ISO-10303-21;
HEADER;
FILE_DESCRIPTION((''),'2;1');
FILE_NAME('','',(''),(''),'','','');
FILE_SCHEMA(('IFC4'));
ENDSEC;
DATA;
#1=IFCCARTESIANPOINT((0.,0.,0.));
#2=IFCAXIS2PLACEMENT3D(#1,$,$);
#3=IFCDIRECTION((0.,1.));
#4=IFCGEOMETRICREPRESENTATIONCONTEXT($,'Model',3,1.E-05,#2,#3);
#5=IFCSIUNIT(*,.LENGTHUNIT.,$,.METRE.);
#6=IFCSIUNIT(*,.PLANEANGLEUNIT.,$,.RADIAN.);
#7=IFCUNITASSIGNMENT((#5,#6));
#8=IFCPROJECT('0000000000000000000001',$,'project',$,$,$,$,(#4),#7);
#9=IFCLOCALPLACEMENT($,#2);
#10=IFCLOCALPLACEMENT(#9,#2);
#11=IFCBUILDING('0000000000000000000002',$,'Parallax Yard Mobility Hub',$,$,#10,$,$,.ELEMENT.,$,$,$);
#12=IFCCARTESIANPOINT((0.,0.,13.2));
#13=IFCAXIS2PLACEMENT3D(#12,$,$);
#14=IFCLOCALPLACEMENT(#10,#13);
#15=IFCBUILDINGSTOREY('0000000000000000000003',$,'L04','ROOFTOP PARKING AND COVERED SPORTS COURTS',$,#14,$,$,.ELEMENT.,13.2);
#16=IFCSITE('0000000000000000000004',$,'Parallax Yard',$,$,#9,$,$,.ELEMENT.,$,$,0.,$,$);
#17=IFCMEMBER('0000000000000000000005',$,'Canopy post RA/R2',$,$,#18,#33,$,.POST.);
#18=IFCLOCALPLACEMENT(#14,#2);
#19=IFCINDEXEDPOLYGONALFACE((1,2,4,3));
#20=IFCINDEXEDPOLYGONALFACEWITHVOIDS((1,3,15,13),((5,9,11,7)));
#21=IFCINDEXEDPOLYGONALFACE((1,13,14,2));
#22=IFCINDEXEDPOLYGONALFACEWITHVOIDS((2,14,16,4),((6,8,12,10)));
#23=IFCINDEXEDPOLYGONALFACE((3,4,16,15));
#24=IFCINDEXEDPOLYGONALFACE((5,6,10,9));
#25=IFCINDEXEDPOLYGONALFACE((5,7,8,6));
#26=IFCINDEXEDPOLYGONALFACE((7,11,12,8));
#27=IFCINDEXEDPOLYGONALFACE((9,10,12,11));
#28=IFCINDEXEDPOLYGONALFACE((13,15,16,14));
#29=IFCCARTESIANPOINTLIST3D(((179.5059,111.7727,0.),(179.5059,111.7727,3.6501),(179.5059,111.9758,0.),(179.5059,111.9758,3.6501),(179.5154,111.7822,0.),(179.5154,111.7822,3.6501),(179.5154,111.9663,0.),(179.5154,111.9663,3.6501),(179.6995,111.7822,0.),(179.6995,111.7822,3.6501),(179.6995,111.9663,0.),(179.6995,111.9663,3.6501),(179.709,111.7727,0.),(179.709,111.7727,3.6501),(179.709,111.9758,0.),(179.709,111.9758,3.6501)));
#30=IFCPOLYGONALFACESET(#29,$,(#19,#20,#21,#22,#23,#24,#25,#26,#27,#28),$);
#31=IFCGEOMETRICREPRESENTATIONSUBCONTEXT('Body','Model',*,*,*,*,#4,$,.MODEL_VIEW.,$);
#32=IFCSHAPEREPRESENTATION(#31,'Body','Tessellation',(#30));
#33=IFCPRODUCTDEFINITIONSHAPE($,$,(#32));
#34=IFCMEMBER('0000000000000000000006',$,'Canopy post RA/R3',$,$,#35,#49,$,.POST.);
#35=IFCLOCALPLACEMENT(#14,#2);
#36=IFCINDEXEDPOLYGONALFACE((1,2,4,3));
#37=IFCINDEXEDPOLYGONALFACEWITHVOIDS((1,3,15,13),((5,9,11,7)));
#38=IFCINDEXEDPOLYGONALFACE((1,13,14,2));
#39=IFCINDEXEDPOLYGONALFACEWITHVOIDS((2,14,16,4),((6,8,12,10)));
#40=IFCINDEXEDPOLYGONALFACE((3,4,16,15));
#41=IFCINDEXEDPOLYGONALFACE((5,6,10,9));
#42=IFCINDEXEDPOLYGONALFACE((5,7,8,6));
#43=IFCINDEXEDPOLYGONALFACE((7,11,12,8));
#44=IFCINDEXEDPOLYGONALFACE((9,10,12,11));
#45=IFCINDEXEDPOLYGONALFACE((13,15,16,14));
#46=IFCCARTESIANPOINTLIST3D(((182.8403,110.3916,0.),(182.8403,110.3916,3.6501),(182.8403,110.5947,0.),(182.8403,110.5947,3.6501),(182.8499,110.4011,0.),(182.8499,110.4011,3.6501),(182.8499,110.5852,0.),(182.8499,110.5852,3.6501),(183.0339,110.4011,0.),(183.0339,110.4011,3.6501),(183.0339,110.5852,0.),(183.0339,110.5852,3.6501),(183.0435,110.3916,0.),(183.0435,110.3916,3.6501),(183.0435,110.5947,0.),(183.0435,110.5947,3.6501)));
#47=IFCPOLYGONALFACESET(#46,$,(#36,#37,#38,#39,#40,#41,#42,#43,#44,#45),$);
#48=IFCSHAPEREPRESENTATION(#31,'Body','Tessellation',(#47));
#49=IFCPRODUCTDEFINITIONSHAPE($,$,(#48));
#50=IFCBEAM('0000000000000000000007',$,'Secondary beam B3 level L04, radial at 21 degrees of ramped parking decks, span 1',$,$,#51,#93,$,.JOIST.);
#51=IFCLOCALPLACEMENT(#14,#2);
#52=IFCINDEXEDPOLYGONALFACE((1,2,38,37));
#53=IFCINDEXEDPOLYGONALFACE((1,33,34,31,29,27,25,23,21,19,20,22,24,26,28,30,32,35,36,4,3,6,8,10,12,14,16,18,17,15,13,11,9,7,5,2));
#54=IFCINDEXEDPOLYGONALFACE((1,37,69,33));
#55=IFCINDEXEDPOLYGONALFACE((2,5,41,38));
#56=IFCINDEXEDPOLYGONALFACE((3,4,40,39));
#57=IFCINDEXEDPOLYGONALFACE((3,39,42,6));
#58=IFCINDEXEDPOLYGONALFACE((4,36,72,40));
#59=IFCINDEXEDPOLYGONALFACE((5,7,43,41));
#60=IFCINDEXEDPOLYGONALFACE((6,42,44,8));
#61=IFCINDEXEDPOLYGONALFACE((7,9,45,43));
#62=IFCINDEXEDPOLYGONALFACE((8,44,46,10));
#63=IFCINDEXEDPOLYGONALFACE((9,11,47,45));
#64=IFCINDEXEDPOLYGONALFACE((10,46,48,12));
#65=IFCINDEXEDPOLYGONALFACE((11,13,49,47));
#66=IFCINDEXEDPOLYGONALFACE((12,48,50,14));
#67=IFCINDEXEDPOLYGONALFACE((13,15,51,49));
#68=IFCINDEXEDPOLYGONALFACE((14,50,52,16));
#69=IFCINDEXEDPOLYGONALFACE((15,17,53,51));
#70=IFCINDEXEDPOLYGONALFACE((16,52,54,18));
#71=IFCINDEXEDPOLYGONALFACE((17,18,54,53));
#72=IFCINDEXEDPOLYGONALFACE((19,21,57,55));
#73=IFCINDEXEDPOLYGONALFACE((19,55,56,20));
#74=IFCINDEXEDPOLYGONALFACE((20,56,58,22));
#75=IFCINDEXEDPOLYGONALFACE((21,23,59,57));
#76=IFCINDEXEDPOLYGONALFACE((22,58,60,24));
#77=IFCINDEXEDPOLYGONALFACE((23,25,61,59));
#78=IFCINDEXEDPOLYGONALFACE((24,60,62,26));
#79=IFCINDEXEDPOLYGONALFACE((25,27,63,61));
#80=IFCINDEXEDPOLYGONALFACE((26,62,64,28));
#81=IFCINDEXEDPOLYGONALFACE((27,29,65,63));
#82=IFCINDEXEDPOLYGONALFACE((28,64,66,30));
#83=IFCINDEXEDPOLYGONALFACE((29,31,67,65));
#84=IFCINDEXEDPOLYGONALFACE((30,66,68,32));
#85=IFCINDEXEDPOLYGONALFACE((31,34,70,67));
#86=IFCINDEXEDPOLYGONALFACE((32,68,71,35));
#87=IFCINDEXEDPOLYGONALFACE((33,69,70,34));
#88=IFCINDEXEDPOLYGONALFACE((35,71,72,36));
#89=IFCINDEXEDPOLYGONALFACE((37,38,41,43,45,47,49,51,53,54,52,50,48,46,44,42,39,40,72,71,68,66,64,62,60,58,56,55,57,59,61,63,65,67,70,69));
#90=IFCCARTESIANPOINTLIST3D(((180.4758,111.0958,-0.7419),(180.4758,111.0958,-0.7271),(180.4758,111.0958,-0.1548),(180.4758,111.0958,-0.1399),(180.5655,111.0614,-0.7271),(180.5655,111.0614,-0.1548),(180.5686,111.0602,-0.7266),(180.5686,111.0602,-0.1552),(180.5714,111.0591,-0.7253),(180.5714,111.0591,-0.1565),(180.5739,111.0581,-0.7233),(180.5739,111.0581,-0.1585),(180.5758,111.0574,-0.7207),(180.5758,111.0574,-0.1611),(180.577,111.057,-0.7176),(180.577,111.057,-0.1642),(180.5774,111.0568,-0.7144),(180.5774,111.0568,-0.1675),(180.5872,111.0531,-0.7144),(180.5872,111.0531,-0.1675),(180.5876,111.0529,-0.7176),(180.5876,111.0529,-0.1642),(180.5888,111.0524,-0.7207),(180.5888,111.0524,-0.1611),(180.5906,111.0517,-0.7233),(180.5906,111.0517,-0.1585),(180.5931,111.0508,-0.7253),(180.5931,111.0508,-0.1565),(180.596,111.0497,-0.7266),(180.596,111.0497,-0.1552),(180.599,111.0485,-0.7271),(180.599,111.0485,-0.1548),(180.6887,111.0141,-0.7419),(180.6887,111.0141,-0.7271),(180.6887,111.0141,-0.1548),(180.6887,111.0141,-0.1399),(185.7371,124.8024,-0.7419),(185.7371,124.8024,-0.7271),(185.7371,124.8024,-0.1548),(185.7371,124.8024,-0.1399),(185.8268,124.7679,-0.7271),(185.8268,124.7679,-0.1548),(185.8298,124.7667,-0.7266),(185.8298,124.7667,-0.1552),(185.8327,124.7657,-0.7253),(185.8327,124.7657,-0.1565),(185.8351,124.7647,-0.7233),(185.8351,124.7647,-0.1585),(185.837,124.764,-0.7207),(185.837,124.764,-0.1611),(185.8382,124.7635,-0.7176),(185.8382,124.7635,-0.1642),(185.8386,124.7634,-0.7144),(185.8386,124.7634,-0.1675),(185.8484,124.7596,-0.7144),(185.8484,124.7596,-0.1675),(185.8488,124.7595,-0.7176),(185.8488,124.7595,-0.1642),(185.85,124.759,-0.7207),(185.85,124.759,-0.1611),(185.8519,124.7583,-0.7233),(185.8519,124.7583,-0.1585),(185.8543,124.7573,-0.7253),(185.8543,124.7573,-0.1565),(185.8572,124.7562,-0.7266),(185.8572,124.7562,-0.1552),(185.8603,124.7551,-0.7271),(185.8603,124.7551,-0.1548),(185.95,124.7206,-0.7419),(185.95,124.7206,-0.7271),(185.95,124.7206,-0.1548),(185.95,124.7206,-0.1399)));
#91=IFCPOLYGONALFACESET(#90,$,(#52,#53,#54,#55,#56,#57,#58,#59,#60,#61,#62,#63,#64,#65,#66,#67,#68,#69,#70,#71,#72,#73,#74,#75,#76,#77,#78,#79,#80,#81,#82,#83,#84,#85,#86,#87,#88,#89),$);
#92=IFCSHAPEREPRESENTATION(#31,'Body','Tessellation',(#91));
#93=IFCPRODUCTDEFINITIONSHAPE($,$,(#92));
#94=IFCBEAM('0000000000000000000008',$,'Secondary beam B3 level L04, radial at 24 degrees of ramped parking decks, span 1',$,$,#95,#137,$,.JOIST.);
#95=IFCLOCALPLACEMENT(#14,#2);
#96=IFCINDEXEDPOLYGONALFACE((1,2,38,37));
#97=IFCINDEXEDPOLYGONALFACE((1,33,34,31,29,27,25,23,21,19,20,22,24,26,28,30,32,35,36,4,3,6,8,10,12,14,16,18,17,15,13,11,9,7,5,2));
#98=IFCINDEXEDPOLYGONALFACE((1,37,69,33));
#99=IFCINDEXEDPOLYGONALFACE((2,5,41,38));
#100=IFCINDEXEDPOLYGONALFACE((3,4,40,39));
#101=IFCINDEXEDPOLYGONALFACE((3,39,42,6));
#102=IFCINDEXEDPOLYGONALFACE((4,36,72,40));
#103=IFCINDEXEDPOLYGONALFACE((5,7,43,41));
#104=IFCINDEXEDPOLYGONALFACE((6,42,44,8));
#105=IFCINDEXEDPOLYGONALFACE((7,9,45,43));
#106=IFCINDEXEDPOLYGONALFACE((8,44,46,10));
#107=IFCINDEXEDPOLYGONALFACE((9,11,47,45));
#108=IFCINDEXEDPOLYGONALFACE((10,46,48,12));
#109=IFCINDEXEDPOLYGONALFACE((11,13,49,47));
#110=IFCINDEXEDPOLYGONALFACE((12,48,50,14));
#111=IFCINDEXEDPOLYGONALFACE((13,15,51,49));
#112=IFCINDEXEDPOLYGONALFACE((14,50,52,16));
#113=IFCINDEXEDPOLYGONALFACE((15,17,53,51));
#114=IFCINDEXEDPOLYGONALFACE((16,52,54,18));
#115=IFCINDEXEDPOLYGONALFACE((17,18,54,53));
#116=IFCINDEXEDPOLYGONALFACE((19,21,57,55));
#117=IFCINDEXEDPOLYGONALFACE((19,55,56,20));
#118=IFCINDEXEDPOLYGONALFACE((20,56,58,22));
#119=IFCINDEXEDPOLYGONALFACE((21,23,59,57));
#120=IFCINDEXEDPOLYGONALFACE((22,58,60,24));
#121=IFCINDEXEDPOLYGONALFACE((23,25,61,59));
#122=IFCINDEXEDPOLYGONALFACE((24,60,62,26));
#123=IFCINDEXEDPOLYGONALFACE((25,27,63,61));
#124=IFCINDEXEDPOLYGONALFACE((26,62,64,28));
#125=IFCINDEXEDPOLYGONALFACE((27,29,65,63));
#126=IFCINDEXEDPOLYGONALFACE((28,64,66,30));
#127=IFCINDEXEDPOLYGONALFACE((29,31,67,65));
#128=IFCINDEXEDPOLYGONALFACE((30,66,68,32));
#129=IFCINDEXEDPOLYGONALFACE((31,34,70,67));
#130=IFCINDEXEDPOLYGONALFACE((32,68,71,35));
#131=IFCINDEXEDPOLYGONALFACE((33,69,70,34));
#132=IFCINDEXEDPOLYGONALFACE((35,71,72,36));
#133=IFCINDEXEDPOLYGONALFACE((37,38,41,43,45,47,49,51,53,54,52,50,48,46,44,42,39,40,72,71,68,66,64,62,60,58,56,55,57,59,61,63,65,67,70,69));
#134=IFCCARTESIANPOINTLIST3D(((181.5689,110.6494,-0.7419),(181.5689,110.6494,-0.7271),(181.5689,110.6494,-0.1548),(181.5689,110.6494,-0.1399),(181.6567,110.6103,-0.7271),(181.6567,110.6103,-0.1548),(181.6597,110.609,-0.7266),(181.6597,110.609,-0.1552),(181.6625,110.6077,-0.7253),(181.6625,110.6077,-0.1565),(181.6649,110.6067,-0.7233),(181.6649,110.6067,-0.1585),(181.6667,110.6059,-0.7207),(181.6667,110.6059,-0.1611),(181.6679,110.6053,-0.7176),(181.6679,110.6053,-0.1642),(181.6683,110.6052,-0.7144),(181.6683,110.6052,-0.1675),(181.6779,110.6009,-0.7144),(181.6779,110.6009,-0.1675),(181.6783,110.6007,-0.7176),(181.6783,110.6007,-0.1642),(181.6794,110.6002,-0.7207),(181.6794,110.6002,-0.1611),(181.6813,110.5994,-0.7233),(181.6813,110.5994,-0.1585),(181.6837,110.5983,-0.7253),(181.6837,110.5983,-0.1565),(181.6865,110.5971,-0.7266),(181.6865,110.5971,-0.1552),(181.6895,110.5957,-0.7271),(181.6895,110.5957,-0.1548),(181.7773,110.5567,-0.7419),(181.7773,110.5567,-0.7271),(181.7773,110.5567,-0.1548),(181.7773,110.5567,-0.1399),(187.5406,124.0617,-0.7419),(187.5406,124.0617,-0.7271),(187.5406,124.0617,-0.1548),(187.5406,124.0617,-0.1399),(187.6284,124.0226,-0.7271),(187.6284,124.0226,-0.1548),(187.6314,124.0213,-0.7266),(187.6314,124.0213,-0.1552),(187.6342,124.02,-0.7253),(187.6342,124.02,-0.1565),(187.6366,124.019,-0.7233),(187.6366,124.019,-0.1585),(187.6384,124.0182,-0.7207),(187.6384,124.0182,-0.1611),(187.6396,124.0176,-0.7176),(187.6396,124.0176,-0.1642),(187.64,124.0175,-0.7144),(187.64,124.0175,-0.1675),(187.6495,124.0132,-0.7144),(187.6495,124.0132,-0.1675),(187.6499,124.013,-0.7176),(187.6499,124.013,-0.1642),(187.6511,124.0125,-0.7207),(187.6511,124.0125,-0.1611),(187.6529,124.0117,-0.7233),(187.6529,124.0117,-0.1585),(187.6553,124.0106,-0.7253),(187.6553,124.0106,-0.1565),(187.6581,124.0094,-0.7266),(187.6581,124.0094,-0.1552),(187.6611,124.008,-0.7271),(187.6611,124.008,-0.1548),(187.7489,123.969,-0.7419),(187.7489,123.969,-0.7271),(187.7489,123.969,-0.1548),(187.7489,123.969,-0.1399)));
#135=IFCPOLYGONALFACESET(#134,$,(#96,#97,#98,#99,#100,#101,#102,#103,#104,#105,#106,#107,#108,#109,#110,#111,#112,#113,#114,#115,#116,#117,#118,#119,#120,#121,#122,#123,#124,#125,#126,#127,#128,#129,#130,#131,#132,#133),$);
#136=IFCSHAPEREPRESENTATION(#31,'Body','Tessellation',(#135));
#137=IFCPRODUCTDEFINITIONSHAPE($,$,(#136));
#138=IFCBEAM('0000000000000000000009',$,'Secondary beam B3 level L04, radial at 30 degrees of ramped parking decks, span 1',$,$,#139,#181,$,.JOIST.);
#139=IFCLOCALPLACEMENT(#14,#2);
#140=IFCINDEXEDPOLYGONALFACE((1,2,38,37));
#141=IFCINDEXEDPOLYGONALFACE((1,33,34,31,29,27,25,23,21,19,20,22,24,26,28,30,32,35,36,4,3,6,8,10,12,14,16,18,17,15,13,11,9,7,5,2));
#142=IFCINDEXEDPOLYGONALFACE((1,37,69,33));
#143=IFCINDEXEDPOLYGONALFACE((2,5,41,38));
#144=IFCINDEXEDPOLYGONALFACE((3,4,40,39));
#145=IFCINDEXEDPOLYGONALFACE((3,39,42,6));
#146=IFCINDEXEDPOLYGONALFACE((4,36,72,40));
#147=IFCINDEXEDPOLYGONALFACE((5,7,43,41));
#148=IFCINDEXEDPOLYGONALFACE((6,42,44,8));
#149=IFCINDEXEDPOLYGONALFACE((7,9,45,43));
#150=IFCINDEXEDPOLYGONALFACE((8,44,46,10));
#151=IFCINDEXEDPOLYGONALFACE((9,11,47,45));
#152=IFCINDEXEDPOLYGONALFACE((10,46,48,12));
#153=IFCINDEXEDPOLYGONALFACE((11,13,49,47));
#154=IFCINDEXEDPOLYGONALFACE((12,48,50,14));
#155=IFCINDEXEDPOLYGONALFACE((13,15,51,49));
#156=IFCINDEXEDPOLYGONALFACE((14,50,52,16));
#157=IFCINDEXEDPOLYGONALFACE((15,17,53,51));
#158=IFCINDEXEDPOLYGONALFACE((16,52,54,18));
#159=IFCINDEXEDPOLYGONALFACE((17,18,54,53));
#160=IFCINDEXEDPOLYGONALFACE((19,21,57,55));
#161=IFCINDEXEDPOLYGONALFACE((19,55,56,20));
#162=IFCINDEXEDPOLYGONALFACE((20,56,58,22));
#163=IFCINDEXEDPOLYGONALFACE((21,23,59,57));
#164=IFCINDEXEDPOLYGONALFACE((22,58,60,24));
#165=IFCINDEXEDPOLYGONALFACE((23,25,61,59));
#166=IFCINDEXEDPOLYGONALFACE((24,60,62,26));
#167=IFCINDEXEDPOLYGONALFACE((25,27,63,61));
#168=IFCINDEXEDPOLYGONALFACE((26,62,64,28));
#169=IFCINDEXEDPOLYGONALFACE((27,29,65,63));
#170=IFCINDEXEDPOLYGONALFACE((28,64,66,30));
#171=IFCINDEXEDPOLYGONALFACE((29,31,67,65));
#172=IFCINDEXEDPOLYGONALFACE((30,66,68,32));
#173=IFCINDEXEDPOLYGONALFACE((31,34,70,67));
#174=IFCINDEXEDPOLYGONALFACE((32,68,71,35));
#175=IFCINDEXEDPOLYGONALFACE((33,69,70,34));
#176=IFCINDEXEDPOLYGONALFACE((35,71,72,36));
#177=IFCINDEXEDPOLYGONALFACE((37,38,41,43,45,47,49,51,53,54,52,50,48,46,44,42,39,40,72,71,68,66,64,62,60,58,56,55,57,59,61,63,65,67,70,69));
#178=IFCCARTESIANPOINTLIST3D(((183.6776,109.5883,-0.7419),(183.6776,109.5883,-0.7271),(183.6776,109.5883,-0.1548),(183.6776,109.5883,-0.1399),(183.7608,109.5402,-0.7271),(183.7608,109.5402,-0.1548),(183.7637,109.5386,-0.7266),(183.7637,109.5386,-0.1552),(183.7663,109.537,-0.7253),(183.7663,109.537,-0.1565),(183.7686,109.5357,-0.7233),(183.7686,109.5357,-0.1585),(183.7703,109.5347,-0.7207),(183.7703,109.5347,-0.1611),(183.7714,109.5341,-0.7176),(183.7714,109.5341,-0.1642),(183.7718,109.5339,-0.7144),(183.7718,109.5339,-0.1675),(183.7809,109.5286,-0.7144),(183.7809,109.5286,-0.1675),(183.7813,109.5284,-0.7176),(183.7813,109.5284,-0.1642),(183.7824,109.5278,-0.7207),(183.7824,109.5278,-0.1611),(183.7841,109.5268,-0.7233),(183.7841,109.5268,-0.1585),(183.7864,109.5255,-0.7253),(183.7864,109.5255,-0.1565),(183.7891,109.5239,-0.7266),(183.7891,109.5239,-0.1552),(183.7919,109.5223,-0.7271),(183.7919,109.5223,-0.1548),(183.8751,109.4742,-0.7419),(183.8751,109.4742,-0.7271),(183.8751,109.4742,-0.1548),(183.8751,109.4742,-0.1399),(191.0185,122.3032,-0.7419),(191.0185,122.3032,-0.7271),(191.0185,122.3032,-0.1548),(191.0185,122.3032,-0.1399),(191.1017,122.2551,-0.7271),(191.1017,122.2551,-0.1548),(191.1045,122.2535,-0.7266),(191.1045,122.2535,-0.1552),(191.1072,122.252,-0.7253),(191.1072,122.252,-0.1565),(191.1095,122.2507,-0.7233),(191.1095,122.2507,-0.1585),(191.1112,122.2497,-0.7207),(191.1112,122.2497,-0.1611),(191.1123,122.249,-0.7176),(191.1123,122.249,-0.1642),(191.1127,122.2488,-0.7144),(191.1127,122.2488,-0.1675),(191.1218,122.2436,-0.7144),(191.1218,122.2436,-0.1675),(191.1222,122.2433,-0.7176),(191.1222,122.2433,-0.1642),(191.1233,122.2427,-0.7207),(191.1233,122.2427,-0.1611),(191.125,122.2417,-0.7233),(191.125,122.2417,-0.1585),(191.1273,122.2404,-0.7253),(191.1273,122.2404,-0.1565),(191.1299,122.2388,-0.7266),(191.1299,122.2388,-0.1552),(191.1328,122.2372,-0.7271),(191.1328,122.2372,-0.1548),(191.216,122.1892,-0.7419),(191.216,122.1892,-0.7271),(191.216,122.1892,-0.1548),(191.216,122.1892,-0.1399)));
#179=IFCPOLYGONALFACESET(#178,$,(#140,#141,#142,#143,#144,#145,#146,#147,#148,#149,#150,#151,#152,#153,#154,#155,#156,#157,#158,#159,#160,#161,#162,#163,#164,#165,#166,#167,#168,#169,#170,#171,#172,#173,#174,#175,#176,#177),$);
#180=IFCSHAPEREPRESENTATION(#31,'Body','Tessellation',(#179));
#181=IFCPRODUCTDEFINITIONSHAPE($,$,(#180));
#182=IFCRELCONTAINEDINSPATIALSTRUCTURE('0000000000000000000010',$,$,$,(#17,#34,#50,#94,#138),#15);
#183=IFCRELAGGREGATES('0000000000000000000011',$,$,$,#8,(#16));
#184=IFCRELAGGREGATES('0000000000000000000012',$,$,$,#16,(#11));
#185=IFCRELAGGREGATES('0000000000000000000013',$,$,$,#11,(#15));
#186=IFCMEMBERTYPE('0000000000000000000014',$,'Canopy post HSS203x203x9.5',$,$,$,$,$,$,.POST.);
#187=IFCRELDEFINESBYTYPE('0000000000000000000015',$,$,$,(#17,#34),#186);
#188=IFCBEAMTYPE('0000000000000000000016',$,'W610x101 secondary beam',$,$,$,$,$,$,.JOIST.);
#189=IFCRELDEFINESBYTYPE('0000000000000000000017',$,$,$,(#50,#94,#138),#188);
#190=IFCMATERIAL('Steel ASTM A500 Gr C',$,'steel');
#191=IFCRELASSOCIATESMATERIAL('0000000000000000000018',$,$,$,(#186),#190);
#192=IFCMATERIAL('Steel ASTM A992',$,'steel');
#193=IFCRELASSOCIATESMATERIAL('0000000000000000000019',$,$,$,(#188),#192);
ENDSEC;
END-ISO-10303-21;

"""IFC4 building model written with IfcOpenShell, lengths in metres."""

from ifc_helpers import new_model, si_unit, direction, frame, origin, origin_2d, place, context, subcontext, project, spatial, hollow_rectangle, i_section, extrude, material, material_profile, profile_set, type_object, element, save


model = new_model("IFC4")

# Units and contexts
model_context = context("Model", 3, precision=1e-05, world=origin(), true_north=direction((0.0, 1.0)))
body_context = subcontext(model_context, "Body", "Model", "MODEL_VIEW")
ifc_project = project(units=[si_unit("LENGTHUNIT", "METRE"), si_unit("PLANEANGLEUNIT", "RADIAN")], contexts=[model_context])

# Site, building, storey
site_placement = place(None, origin())
site = spatial("IfcSite", under=ifc_project, at=site_placement, Name="Parallax Yard", CompositionType="ELEMENT", RefElevation=0.0)
building_placement = place(site_placement, origin())
building = spatial("IfcBuilding", under=site, at=building_placement, Name="Parallax Yard Mobility Hub", CompositionType="ELEMENT")
storey_placement = place(building_placement, frame((0.0, 0.0, 13.2)))
storey = spatial("IfcBuildingStorey", under=building, at=storey_placement, Name="L04", Description="ROOFTOP PARKING AND COVERED SPORTS COURTS", CompositionType="ELEMENT", Elevation=13.2)

# Members
ifc_material_1 = material(Name="Steel ASTM A500 Gr C", Category="steel")
ifc_material_profile_1 = material_profile(ifc_material_1, hollow_rectangle(XDim=0.2031, YDim=0.2031, WallThickness=0.0095, at=origin_2d()), Name="HSS203x203x9.5")
ifc_profile_set_1 = profile_set([ifc_material_profile_1], Name="Steel ASTM A500 Gr C")
member_type = type_object("IfcMemberType", Name="Canopy post HSS203x203x9.5", PredefinedType="POST", material=ifc_profile_set_1)
for number, where, z_axis, x_axis, name in (
    (1, (179.6074, 111.8743, 0.0), (0.0, 0.0, 1.0), (1.0, 0.0, 0.0), "Canopy post RA/R2"),
    (2, (182.9419, 110.4932, 0.0), (0.0, 0.0, 1.0), (1.0, 0.0, 0.0), "Canopy post RA/R3"),
):
    element("IfcMember", number, at=place(storey_placement, frame(where, z_axis=z_axis, x_axis=x_axis)), inside=storey, type_object=member_type, Name=name, PredefinedType="POST", context=body_context, shape_type="SweptSolid", body=[
        extrude(hollow_rectangle(XDim=0.2031, YDim=0.2031, WallThickness=0.0095, at=origin_2d()), origin(), (0.0, 0.0, 1.0), 3.6501),
    ])

# Beams
ifc_material_2 = material(Name="Steel ASTM A992", Category="steel")
ifc_material_profile_2 = material_profile(ifc_material_2, i_section(OverallWidth=0.228, OverallDepth=0.6021, WebThickness=0.0105, FlangeThickness=0.0149, FilletRadius=0.0127, at=origin_2d()), Name="W610x101")
ifc_profile_set_2 = profile_set([ifc_material_profile_2], Name="Steel ASTM A992")
beam_type_1 = type_object("IfcBeamType", Name="W610x101 secondary beam", PredefinedType="JOIST", material=ifc_profile_set_2)
for number, where, z_axis, x_axis, name in (
    (3, (180.5823, 111.0549, -0.4409), (0.358355, 0.933585, 0.0), (-0.933585, 0.358355, 0.0), "Secondary beam B3 level L04, radial at 21 degrees of ramped parking decks, span 1"),
    (4, (181.6731, 110.603, -0.4409), (0.406743, 0.913543, 0.0), (-0.913543, 0.406743, 0.0), "Secondary beam B3 level L04, radial at 24 degrees of ramped parking decks, span 1"),
):
    element("IfcBeam", number, at=place(storey_placement, frame(where, z_axis=z_axis, x_axis=x_axis)), inside=storey, type_object=beam_type_1, Name=name, PredefinedType="JOIST", context=body_context, shape_type="SweptSolid", body=[
        extrude(i_section(OverallWidth=0.228, OverallDepth=0.6021, WebThickness=0.0105, FlangeThickness=0.0149, FilletRadius=0.0127, at=origin_2d()), origin(), (0.0, 0.0, 1.0), 14.6816),
    ])
beam_1_placement = place(storey_placement, frame((183.7764, 109.5312, -0.4409), z_axis=(0.499995, 0.866028, 0.0), x_axis=(-0.866028, 0.499995, 0.0)))
element("IfcBeam", 5, at=beam_1_placement, inside=storey, type_object=beam_type_1, Name="Secondary beam B3 level L04, radial at 30 degrees of ramped parking decks, span 1", PredefinedType="JOIST", context=body_context, shape_type="SweptSolid", body=[
    extrude(i_section(OverallWidth=0.228, OverallDepth=0.6021, WebThickness=0.0105, FlangeThickness=0.0149, FilletRadius=0.0127, at=origin_2d()), origin(), (0.0, 0.0, 1.0), 14.6819),
])

save(model, "model.ifc")
